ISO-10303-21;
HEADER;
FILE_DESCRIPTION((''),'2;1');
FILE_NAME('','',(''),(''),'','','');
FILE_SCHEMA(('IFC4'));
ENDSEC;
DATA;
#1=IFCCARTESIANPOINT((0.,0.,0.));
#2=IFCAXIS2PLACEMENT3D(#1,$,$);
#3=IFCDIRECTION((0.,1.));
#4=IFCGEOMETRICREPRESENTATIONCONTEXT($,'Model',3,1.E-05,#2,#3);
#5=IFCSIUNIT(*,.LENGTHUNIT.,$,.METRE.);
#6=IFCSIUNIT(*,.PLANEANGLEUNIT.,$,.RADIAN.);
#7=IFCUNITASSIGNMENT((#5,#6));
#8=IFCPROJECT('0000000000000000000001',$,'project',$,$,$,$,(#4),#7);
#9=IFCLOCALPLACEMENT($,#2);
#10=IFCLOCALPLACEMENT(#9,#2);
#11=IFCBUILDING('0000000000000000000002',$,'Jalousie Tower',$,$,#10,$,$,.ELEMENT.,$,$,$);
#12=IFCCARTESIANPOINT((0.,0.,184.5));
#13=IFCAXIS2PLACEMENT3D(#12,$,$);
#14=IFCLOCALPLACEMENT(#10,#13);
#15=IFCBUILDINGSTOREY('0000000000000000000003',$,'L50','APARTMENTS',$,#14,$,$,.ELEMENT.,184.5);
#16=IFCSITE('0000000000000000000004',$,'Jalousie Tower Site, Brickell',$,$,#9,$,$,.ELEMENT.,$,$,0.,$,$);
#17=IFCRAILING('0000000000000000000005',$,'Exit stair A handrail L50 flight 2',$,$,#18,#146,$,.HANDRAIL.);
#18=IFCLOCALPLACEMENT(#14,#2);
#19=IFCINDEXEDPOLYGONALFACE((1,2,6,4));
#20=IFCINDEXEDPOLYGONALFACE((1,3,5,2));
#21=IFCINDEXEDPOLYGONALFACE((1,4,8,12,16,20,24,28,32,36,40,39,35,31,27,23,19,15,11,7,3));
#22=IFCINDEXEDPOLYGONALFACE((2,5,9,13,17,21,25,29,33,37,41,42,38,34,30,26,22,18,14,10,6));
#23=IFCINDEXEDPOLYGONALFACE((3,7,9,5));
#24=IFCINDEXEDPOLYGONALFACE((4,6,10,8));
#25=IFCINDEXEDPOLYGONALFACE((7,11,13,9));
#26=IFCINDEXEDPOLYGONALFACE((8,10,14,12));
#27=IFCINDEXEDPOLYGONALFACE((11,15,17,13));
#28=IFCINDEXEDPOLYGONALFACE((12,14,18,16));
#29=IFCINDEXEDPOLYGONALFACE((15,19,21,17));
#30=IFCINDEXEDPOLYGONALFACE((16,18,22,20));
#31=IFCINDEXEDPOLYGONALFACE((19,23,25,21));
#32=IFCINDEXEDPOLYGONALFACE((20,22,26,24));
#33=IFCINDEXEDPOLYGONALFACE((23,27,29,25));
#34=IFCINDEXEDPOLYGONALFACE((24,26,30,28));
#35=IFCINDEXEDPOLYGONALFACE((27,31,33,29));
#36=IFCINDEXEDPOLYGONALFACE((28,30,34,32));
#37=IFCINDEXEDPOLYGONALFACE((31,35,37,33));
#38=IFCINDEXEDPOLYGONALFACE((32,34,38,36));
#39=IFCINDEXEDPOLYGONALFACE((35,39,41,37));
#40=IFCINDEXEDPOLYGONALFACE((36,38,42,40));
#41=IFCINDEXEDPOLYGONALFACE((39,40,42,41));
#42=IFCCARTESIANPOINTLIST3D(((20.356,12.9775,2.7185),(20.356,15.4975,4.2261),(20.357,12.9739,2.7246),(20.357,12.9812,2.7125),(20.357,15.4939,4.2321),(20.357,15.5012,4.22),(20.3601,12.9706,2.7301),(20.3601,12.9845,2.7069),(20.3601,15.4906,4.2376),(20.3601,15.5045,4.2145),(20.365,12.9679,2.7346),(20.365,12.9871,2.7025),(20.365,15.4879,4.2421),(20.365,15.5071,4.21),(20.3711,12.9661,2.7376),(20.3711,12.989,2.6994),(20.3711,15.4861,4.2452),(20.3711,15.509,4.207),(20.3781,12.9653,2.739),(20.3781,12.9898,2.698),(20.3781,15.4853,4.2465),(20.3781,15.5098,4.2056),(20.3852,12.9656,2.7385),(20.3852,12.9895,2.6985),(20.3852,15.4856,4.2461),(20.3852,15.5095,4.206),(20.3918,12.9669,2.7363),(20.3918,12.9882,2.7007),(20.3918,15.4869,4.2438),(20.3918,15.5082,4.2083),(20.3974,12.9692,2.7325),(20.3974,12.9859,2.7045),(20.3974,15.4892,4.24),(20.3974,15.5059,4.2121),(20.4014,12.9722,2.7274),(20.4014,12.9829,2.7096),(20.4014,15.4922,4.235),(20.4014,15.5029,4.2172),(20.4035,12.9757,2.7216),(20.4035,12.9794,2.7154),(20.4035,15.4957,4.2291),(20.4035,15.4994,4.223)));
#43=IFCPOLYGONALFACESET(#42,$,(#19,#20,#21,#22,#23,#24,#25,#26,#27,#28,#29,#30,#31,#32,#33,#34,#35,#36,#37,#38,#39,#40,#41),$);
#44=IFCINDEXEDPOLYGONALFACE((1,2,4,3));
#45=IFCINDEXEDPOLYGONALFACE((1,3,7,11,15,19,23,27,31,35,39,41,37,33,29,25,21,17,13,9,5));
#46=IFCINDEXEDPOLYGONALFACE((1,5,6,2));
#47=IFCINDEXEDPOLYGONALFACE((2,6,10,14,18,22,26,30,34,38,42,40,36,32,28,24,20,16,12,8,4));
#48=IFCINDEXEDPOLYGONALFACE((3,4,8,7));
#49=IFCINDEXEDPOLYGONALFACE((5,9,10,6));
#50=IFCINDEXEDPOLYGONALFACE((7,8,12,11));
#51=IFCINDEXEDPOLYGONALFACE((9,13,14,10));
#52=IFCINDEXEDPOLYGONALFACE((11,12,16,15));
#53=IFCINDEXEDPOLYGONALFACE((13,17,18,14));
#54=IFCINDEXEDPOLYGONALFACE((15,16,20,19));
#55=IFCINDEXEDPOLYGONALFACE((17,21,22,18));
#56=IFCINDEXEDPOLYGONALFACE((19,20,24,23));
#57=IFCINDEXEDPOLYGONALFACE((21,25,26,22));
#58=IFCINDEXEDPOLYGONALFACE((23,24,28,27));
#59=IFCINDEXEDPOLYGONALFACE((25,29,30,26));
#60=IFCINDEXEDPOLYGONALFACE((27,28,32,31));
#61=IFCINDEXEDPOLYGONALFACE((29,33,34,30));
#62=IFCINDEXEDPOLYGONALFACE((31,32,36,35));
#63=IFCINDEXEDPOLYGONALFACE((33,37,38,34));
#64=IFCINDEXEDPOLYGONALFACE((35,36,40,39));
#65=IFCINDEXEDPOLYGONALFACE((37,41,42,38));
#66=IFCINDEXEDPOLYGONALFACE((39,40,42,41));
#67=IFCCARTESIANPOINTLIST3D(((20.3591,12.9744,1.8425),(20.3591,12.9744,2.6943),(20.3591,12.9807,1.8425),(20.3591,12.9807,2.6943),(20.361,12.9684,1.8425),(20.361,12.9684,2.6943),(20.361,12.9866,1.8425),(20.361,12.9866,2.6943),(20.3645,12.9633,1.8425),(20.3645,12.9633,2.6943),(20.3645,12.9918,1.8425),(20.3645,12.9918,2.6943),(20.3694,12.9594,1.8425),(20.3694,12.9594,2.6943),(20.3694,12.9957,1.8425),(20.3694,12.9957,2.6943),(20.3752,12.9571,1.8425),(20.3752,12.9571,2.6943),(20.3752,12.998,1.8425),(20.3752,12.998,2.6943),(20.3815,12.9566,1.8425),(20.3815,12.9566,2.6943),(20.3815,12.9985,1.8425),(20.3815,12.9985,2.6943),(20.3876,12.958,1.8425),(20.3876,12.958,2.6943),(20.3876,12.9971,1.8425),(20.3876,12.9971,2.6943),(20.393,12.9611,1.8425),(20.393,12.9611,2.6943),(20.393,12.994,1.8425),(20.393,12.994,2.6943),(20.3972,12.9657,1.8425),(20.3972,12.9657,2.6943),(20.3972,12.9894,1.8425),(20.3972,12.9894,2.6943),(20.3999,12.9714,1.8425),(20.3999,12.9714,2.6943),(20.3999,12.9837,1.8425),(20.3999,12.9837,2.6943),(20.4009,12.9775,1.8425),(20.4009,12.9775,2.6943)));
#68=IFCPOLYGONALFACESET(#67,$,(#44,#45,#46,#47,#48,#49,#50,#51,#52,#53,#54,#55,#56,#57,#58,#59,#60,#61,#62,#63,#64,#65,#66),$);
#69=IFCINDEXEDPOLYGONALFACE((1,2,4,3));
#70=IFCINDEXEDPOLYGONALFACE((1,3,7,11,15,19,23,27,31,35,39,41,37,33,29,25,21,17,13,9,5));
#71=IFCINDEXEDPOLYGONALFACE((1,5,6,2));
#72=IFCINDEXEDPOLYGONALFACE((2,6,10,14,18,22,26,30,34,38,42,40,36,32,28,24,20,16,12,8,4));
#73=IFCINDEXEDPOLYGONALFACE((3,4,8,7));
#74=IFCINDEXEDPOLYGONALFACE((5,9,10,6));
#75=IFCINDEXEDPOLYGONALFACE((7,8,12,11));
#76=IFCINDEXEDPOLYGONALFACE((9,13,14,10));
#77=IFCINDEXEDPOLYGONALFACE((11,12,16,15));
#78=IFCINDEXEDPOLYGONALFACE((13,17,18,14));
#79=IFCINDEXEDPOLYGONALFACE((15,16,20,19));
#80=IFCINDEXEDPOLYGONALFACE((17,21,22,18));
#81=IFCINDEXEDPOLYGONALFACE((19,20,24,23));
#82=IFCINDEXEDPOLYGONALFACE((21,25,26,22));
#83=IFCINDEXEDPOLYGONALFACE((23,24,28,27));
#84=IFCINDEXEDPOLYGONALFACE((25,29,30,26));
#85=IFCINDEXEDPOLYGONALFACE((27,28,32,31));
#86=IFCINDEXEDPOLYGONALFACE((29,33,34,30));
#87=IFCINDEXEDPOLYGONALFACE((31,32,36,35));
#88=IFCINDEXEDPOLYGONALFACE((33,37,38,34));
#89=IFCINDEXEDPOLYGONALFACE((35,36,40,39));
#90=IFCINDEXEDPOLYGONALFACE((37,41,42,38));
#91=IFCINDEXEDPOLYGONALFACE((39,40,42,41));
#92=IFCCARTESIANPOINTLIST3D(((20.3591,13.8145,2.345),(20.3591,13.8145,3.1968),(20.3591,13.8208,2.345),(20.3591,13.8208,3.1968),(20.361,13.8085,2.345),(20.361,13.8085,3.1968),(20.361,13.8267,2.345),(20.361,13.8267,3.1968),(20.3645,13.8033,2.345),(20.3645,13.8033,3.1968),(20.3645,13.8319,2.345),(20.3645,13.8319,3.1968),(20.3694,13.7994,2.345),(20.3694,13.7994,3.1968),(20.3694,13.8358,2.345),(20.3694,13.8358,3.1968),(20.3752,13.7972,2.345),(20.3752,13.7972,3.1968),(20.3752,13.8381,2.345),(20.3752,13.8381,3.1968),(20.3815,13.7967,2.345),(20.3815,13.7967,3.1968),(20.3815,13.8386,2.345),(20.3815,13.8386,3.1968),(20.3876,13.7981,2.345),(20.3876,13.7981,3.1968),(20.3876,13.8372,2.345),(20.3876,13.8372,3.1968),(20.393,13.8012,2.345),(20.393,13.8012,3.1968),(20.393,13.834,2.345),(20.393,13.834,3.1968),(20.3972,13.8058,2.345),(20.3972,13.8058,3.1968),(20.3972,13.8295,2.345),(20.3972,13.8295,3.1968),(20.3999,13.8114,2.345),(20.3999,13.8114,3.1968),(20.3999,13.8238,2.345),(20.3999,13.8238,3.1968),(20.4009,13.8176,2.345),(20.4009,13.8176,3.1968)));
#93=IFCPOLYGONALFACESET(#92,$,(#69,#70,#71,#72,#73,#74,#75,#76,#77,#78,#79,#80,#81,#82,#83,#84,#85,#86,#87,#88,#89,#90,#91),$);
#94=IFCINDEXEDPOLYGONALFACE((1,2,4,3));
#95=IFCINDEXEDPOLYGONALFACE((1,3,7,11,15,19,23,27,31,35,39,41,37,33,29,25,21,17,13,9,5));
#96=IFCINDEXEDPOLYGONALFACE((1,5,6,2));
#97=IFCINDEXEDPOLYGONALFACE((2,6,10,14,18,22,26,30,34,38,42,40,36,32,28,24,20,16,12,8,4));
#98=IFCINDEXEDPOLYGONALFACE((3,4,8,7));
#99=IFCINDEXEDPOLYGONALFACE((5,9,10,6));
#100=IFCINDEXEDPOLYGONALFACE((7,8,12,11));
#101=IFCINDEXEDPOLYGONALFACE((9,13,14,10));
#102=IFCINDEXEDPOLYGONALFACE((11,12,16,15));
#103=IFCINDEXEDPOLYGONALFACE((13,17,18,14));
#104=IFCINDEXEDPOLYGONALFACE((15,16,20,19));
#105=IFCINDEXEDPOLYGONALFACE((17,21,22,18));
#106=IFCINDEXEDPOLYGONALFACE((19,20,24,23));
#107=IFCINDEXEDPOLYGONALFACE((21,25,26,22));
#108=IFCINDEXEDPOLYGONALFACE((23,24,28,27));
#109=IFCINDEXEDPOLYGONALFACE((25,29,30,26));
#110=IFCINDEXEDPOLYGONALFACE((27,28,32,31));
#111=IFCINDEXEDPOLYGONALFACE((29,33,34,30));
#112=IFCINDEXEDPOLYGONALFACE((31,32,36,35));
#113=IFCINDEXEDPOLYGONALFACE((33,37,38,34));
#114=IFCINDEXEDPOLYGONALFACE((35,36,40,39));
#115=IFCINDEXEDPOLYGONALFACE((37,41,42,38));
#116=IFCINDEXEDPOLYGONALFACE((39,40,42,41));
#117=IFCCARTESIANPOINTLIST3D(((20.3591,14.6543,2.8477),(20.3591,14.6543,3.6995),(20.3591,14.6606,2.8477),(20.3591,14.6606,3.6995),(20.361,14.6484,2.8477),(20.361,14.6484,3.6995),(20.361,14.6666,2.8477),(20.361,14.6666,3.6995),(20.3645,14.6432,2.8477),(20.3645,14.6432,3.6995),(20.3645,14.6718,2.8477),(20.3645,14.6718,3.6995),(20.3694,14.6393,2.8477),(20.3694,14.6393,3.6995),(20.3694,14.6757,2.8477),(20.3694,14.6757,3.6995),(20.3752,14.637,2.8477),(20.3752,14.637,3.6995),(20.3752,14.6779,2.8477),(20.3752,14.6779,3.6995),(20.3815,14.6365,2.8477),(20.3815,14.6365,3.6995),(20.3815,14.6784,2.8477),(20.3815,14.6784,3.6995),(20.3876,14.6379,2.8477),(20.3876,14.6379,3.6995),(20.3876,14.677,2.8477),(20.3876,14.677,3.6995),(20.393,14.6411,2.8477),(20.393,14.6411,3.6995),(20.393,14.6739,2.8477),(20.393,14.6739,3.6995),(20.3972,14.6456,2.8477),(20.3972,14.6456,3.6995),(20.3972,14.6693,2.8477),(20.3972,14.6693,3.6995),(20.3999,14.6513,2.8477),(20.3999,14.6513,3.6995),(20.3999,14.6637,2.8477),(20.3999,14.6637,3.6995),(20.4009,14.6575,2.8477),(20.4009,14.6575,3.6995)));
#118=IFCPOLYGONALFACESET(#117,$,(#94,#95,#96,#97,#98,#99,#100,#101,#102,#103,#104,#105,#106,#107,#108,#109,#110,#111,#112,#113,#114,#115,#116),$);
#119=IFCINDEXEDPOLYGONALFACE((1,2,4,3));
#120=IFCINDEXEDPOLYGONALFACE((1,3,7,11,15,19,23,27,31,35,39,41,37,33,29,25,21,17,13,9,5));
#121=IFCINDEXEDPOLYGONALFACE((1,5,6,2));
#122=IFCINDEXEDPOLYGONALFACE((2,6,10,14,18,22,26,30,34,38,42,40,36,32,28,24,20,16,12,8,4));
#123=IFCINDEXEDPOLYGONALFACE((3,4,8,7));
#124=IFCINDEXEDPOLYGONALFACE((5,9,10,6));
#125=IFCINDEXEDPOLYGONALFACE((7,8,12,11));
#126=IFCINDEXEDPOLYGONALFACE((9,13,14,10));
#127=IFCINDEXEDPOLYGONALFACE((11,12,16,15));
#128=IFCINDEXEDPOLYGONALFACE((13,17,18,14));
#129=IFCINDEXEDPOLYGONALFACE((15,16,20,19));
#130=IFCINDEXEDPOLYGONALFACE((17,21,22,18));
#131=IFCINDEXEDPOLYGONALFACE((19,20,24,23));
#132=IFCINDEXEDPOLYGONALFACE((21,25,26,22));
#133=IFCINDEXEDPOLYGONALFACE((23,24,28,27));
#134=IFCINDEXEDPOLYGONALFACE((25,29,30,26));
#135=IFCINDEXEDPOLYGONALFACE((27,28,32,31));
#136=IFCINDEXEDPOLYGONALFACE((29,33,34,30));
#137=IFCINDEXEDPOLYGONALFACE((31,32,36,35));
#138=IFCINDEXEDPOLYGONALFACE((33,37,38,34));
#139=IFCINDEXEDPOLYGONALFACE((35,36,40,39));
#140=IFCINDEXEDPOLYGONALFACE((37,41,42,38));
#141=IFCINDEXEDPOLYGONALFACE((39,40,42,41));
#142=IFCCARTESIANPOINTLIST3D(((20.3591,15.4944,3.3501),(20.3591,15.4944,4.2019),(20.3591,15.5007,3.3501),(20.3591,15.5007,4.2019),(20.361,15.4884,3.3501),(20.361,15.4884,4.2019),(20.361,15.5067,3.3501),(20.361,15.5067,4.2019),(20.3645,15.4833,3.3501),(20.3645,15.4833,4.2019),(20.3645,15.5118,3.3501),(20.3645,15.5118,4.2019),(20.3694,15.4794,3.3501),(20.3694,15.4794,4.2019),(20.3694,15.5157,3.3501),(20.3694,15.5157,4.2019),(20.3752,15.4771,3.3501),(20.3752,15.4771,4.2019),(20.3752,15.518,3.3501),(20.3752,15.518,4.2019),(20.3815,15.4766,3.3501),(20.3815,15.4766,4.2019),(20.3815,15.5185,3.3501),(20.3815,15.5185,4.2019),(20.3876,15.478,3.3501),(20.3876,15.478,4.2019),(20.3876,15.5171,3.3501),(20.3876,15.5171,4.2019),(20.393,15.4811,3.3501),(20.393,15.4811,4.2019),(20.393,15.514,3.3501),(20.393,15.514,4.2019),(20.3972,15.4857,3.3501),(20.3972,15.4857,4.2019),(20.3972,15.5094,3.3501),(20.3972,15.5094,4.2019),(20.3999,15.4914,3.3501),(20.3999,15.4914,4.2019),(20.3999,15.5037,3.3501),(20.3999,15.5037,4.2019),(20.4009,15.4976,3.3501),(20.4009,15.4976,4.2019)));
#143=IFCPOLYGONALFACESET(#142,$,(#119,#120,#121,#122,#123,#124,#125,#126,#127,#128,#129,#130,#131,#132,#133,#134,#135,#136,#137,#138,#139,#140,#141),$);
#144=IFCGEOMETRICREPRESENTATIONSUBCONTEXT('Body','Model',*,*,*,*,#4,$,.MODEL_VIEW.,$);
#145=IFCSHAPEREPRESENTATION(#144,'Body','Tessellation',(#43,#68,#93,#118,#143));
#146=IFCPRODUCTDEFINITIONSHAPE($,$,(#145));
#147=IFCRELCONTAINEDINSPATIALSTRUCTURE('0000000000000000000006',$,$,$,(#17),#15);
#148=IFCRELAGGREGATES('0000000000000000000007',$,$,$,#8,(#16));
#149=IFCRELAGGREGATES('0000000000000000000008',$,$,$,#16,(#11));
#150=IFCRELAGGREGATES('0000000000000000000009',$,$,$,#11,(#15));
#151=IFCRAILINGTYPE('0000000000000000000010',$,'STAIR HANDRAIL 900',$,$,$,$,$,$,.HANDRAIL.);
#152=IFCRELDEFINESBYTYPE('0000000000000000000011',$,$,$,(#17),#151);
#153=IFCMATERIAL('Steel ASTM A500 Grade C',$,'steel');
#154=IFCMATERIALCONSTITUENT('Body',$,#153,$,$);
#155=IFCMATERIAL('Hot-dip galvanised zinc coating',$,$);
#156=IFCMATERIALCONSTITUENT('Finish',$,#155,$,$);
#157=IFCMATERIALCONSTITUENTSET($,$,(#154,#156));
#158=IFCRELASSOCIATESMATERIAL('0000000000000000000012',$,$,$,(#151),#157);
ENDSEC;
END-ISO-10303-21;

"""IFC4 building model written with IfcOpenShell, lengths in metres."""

from ifc_helpers import new_model, si_unit, direction, frame, origin, origin_2d, place, context, subcontext, project, spatial, circle, extrude, material, constituent, constituent_set, type_object, element, save


model = new_model("IFC4")

# Units and contexts
model_context = context("Model", 3, precision=1e-05, world=origin(), true_north=direction((0.0, 1.0)))
body_context = subcontext(model_context, "Body", "Model", "MODEL_VIEW")
ifc_project = project(units=[si_unit("LENGTHUNIT", "METRE"), si_unit("PLANEANGLEUNIT", "RADIAN")], contexts=[model_context])

# Site, building, storey
site_placement = place(None, origin())
site = spatial("IfcSite", under=ifc_project, at=site_placement, Name="Jalousie Tower Site, Brickell", CompositionType="ELEMENT", RefElevation=0.0)
building_placement = place(site_placement, origin())
building = spatial("IfcBuilding", under=site, at=building_placement, Name="Jalousie Tower", CompositionType="ELEMENT")
storey_placement = place(building_placement, frame((0.0, 0.0, 184.5)))
storey = spatial("IfcBuildingStorey", under=building, at=storey_placement, Name="L50", Description="APARTMENTS", CompositionType="ELEMENT", Elevation=184.5)

# Railing
ifc_material_1 = material(Name="Steel ASTM A500 Grade C", Category="steel")
ifc_constituent_1 = constituent(ifc_material_1, Name="Body")
ifc_material_2 = material(Name="Hot-dip galvanised zinc coating")
ifc_constituent_2 = constituent(ifc_material_2, Name="Finish")
ifc_constituent_set_1 = constituent_set(constituents=[ifc_constituent_1, ifc_constituent_2])
railing_type_1 = type_object("IfcRailingType", Name="STAIR HANDRAIL 900", PredefinedType="HANDRAIL", material=ifc_constituent_set_1)
railing_1_placement = place(storey_placement, frame((20.3799, 12.9775, 1.8425)))
element("IfcRailing", 1, at=railing_1_placement, inside=storey, type_object=railing_type_1, Name="Exit stair A handrail L50 flight 2", PredefinedType="HANDRAIL", context=body_context, shape_type="SweptSolid", body=[
    extrude(circle(Radius=0.0239, at=origin_2d()), frame((0.0, 0.0, 0.876), z_axis=(0.0, 0.85816, 0.513383), x_axis=(-1.0, 0.0, 0.0)), (0.0, 0.0, 1.0), 2.9365),
    extrude(circle(Radius=0.021, at=origin_2d()), origin(), (0.0, 0.0, 1.0), 0.8518),
    extrude(circle(Radius=0.021, at=origin_2d()), frame((0.0, 0.8401, 0.5024)), (0.0, 0.0, 1.0), 0.8518),
    extrude(circle(Radius=0.021, at=origin_2d()), frame((0.0, 1.6799, 1.0051)), (0.0, 0.0, 1.0), 0.8518),
    extrude(circle(Radius=0.021, at=origin_2d()), frame((0.0, 2.52, 1.5076)), (0.0, 0.0, 1.0), 0.8518),
])

save(model, "model.ifc")
